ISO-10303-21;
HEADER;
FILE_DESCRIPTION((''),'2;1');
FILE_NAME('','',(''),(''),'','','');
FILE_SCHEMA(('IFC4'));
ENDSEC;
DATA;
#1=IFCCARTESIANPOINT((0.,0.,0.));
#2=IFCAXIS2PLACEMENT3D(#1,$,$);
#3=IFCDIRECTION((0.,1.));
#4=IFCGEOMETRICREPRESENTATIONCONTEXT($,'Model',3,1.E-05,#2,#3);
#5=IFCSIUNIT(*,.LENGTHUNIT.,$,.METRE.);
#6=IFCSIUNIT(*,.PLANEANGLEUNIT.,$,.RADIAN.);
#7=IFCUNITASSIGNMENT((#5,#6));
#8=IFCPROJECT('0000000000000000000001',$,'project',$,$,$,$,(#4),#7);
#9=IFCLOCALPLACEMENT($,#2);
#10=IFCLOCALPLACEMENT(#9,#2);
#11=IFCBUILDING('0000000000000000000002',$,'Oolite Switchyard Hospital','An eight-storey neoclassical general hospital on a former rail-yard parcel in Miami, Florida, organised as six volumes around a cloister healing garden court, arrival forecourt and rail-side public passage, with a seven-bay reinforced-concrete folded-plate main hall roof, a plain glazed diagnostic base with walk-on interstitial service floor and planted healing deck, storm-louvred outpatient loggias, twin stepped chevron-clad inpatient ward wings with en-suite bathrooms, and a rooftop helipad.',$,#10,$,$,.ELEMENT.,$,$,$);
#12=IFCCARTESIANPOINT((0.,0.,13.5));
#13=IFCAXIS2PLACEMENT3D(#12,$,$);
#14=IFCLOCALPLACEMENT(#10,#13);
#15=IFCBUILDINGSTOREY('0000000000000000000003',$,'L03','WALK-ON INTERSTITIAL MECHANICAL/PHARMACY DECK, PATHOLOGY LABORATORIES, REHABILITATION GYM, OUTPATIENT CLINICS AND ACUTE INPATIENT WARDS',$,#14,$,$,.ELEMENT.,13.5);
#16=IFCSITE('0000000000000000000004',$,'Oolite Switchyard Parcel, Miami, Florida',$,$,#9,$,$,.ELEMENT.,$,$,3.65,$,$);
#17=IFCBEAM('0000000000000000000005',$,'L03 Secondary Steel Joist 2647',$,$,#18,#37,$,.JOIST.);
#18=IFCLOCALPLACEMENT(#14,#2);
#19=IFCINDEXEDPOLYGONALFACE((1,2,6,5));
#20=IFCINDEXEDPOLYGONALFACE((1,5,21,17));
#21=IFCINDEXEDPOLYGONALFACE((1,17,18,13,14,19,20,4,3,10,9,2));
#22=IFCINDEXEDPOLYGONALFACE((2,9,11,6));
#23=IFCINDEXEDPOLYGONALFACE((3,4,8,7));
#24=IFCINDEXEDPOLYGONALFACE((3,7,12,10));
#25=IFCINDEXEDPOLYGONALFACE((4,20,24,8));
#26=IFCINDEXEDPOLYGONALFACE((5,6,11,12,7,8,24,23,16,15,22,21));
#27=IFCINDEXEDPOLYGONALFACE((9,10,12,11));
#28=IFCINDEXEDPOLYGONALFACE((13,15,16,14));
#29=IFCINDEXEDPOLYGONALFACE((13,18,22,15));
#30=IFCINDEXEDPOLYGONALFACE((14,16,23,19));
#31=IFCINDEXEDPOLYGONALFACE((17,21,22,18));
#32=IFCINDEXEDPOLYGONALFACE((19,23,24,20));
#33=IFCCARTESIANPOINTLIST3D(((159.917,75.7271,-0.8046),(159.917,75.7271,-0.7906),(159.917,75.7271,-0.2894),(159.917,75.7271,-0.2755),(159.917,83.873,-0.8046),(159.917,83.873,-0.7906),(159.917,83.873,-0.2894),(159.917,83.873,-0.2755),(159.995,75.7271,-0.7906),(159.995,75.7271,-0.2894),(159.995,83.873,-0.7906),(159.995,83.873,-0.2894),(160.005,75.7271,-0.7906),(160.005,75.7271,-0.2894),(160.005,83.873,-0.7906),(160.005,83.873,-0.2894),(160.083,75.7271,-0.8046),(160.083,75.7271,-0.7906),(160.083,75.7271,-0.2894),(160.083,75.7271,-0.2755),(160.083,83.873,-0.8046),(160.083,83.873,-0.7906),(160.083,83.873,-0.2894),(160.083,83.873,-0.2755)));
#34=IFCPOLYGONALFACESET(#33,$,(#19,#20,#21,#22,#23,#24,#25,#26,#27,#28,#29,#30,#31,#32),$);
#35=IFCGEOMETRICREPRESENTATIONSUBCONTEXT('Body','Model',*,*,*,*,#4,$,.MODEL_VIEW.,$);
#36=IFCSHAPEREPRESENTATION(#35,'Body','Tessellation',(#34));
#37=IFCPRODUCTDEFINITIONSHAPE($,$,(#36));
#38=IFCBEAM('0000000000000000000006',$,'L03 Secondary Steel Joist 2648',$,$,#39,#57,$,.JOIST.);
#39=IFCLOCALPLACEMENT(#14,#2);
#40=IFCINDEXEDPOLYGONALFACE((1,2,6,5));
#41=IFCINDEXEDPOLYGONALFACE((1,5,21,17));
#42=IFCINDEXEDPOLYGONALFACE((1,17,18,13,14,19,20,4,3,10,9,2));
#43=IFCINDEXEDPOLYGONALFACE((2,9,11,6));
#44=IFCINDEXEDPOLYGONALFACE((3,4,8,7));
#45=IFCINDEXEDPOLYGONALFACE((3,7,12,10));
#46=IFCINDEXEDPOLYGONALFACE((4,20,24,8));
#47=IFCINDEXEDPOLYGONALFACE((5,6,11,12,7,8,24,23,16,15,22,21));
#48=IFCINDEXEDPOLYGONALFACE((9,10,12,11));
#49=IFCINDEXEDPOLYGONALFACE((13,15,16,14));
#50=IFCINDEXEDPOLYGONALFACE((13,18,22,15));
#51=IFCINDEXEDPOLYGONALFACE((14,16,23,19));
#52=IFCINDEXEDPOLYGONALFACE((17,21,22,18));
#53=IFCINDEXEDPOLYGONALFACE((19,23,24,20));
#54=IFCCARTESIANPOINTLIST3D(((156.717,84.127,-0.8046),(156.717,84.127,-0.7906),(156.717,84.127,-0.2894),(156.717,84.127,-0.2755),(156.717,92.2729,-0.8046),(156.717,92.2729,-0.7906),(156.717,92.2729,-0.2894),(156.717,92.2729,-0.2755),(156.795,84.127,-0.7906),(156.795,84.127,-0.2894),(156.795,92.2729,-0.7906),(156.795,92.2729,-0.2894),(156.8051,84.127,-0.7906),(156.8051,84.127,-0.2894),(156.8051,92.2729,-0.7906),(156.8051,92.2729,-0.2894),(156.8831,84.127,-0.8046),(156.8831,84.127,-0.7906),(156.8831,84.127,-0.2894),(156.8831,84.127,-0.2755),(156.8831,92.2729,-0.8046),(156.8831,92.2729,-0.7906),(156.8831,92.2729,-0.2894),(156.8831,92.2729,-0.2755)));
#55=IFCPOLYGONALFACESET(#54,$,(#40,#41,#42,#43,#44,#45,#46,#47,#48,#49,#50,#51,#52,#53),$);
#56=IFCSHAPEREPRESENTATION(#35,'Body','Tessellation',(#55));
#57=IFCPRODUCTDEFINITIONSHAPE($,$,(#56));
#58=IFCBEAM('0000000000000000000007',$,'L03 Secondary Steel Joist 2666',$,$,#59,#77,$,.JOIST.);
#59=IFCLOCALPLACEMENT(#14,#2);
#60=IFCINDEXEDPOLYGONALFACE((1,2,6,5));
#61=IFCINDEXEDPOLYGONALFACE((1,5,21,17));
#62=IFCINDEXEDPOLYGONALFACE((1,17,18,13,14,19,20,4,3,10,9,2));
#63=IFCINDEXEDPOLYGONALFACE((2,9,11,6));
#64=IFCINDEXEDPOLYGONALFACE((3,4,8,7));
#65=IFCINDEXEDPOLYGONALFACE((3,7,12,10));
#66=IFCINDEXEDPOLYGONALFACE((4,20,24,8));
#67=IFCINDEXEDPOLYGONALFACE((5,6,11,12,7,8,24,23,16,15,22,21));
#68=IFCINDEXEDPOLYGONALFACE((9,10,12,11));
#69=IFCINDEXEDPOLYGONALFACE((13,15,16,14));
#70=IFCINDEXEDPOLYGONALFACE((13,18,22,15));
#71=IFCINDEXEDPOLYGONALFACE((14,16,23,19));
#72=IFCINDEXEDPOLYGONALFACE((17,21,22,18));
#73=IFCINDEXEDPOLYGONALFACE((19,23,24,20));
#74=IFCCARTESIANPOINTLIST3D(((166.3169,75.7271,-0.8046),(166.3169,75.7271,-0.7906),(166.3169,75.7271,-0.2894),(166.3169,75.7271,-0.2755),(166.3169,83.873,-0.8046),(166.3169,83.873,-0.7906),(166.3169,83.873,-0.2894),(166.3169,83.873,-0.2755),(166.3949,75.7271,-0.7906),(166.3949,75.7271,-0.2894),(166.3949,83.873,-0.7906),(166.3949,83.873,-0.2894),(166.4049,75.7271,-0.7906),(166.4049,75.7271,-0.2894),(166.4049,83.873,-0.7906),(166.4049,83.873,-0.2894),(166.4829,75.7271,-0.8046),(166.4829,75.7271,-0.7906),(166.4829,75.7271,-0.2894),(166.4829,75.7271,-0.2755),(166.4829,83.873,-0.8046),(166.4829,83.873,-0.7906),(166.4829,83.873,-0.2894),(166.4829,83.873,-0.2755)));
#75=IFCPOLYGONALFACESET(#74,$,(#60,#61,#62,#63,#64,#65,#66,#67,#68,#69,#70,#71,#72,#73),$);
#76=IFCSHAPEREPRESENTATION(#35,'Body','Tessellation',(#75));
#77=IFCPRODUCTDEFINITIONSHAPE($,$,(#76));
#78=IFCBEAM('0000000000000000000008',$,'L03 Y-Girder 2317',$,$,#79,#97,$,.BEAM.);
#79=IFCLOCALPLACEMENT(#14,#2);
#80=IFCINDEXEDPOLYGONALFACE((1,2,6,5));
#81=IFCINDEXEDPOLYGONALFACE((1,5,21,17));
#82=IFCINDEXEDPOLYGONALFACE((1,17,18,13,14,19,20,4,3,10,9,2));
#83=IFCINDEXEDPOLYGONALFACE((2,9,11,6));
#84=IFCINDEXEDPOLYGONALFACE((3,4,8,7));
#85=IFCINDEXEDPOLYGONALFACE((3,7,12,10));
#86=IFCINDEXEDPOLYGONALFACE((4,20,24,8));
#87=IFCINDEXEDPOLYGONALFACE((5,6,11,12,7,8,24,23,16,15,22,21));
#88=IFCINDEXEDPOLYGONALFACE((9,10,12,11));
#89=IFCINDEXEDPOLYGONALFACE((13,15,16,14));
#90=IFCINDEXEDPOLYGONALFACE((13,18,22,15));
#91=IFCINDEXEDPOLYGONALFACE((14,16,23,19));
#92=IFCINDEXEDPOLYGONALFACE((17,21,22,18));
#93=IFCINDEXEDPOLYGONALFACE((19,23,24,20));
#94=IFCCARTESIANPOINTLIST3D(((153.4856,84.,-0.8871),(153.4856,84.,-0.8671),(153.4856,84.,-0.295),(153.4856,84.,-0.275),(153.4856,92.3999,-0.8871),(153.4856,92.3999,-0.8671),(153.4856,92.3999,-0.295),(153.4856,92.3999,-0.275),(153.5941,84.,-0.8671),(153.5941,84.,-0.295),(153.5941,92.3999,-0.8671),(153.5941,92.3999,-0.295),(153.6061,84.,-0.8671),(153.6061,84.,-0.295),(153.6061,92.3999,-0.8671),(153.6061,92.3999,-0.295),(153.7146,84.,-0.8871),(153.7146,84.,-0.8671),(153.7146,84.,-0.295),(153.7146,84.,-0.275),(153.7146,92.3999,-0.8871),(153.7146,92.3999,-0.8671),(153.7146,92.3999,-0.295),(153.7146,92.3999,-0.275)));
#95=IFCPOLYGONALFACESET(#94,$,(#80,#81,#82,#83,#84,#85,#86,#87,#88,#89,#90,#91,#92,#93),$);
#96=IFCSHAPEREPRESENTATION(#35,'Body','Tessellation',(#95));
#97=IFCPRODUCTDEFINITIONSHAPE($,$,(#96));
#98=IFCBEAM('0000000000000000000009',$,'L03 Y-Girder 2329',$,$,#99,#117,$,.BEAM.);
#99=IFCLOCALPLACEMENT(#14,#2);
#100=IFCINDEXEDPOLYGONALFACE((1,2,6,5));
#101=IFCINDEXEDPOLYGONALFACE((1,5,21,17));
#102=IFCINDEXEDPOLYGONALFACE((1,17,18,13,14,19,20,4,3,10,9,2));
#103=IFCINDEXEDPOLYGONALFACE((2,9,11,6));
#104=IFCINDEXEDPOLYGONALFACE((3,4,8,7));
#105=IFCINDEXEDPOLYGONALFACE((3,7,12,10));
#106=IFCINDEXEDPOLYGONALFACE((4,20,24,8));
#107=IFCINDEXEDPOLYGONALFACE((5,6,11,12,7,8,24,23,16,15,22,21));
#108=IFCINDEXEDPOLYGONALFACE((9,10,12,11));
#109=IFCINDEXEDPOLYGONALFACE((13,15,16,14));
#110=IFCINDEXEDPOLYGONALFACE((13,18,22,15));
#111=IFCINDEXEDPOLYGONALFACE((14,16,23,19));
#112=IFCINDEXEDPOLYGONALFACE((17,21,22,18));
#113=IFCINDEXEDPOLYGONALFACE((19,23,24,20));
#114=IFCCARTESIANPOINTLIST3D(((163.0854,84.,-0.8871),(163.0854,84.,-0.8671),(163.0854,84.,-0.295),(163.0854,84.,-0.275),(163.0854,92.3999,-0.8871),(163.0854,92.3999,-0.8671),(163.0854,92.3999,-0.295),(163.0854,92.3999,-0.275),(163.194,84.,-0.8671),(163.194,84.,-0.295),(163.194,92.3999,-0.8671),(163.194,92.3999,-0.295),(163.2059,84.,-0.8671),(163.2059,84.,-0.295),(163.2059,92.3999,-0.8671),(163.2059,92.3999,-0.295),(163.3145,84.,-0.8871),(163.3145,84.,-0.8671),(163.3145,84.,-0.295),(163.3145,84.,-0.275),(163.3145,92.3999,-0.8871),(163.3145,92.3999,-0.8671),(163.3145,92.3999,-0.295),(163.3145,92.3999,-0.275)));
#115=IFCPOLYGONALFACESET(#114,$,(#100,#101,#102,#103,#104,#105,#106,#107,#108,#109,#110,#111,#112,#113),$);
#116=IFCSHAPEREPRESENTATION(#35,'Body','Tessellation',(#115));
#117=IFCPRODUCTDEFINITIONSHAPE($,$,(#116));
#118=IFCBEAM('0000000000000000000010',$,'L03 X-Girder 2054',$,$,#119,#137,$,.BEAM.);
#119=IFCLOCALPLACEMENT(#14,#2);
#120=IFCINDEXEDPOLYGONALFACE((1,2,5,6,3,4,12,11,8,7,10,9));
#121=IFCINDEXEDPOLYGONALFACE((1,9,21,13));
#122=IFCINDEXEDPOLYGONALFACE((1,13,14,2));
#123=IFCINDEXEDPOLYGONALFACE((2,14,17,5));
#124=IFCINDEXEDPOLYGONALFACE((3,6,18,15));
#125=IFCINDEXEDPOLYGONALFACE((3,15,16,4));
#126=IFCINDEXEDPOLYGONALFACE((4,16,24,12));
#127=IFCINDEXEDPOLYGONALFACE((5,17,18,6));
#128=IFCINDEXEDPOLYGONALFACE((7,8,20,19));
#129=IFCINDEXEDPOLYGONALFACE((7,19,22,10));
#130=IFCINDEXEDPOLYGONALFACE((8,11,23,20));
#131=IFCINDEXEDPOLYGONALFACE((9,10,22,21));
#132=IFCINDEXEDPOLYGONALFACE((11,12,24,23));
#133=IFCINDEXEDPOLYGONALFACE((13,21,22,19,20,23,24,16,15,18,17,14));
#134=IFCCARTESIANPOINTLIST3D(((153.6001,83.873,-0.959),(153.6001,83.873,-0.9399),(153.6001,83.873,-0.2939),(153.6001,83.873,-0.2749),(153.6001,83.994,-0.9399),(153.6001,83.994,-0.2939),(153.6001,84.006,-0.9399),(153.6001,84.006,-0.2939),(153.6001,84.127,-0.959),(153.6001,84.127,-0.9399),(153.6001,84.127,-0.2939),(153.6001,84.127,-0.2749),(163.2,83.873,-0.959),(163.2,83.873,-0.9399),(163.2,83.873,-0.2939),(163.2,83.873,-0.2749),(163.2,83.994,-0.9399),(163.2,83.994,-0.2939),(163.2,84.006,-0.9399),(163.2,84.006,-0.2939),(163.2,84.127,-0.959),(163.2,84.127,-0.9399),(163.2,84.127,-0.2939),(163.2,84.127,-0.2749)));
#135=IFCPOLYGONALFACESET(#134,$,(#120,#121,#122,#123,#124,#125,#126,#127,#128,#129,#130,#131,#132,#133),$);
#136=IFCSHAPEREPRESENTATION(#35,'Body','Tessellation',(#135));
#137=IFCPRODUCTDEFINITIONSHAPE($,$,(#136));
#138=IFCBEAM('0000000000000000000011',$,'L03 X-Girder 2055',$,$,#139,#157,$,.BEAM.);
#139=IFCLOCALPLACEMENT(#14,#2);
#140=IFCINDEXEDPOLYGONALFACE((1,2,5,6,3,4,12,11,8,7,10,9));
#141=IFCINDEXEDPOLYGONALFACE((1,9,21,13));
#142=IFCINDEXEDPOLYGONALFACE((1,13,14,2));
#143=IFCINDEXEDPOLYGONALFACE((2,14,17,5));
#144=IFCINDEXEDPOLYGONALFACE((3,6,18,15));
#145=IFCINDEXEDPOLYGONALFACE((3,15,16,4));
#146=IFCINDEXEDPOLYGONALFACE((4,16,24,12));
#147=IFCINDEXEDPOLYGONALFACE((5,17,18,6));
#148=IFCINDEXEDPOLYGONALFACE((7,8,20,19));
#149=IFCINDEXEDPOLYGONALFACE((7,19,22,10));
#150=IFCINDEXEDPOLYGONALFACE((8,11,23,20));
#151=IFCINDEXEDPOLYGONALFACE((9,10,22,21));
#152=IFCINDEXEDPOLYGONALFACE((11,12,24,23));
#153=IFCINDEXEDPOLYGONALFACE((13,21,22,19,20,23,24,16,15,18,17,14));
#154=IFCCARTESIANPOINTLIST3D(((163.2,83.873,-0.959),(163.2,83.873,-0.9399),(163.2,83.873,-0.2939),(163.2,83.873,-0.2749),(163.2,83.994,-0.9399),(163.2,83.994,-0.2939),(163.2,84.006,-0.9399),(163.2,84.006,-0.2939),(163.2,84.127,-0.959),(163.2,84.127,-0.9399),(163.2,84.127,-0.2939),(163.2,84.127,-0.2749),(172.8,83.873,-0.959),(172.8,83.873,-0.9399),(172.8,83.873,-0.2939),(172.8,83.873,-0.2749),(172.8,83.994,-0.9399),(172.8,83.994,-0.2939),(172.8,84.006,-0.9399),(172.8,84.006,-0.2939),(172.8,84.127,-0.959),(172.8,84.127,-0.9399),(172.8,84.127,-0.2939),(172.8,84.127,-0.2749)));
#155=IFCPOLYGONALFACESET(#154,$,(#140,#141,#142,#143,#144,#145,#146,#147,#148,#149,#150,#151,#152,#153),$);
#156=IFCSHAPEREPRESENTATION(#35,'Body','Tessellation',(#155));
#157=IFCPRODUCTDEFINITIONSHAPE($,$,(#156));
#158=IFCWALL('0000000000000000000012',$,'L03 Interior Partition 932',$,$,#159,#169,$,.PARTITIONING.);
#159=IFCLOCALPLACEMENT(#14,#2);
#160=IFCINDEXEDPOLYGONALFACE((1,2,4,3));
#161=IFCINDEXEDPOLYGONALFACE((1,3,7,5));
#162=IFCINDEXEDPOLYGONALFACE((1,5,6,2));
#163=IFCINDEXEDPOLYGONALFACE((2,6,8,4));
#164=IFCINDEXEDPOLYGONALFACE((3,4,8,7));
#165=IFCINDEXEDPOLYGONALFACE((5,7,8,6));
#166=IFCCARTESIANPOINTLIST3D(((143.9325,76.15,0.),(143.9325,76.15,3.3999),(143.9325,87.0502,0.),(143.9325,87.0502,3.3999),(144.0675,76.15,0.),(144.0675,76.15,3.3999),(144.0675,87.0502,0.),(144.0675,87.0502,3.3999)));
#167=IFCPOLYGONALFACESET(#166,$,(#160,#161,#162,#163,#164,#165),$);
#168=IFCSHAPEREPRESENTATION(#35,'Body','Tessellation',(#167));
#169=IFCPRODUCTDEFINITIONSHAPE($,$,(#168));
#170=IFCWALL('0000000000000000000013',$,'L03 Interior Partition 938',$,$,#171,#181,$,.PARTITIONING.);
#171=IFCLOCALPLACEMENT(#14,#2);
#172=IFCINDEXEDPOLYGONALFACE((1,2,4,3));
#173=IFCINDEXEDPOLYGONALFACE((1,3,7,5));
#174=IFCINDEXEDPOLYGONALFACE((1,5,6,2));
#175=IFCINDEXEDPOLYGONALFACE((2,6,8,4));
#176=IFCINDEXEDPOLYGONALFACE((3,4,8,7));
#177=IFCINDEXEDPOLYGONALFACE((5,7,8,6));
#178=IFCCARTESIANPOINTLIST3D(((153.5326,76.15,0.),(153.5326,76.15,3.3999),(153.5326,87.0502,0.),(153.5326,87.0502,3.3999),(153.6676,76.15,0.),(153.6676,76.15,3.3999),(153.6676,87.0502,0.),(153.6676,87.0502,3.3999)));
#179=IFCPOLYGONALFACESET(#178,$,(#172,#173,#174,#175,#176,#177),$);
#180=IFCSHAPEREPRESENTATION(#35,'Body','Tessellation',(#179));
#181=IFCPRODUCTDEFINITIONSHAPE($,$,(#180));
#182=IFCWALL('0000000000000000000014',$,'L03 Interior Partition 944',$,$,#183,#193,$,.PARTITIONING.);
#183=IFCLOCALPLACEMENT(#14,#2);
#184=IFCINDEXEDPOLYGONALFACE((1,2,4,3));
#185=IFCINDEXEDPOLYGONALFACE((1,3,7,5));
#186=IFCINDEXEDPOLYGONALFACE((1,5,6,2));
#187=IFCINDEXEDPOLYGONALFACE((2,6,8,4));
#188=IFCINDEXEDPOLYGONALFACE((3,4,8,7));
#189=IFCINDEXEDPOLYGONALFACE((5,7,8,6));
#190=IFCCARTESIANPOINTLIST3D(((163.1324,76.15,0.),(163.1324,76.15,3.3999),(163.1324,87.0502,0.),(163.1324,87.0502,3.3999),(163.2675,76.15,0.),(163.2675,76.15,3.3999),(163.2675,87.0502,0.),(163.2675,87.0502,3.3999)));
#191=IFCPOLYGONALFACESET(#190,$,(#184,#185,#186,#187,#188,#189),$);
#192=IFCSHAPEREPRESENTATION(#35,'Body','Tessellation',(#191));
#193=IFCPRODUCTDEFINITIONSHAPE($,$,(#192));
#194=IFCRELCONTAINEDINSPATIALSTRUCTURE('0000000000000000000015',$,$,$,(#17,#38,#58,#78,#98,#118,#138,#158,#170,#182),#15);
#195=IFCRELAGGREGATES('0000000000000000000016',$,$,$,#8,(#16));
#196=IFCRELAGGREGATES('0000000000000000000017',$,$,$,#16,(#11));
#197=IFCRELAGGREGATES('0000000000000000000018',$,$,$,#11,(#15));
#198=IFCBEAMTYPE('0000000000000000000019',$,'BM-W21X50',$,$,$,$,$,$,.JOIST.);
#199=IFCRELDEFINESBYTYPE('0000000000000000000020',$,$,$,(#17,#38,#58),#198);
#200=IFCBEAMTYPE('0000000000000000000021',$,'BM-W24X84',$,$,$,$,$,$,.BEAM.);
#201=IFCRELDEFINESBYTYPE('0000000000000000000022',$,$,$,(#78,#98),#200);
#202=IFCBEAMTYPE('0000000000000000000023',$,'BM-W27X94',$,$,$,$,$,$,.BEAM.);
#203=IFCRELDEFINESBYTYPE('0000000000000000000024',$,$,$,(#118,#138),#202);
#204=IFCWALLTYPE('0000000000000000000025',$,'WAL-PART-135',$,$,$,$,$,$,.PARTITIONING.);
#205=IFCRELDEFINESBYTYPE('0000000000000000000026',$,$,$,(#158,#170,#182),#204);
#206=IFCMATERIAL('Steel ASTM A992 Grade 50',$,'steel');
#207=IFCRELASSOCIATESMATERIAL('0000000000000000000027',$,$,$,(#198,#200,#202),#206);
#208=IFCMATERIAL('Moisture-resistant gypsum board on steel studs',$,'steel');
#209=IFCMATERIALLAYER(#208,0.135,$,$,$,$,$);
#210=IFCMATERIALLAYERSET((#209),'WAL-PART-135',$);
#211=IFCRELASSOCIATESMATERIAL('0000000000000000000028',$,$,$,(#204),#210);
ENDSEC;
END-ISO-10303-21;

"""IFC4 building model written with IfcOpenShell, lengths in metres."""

from ifc_helpers import new_model, si_unit, direction, frame, frame_2d, origin, origin_2d, place, context, subcontext, project, spatial, rectangle, i_section, extrude, material, layer, layer_set, material_profile, profile_set, type_object, element, save


model = new_model("IFC4")

# Units and contexts
model_context = context("Model", 3, precision=1e-05, world=origin(), true_north=direction((0.0, 1.0)))
body_context = subcontext(model_context, "Body", "Model", "MODEL_VIEW")
ifc_project = project(units=[si_unit("LENGTHUNIT", "METRE"), si_unit("PLANEANGLEUNIT", "RADIAN")], contexts=[model_context])

# Site, building, storey
site_placement = place(None, origin())
site = spatial("IfcSite", under=ifc_project, at=site_placement, Name="Oolite Switchyard Parcel, Miami, Florida", CompositionType="ELEMENT", RefElevation=3.65)
building_placement = place(site_placement, origin())
building = spatial("IfcBuilding", under=site, at=building_placement, Name="Oolite Switchyard Hospital", Description="An eight-storey neoclassical general hospital on a former rail-yard parcel in Miami, Florida, organised as six volumes around a cloister healing garden court, arrival forecourt and rail-side public passage, with a seven-bay reinforced-concrete folded-plate main hall roof, a plain glazed diagnostic base with walk-on interstitial service floor and planted healing deck, storm-louvred outpatient loggias, twin stepped chevron-clad inpatient ward wings with en-suite bathrooms, and a rooftop helipad.", CompositionType="ELEMENT")
storey_placement = place(building_placement, frame((0.0, 0.0, 13.5)))
storey = spatial("IfcBuildingStorey", under=building, at=storey_placement, Name="L03", Description="WALK-ON INTERSTITIAL MECHANICAL/PHARMACY DECK, PATHOLOGY LABORATORIES, REHABILITATION GYM, OUTPATIENT CLINICS AND ACUTE INPATIENT WARDS", CompositionType="ELEMENT", Elevation=13.5)

# Beams
ifc_material_1 = material(Name="Steel ASTM A992 Grade 50", Category="steel")
ifc_material_profile_1 = material_profile(ifc_material_1, i_section(OverallWidth=0.166, OverallDepth=0.5291, WebThickness=0.01, FlangeThickness=0.0139, at=origin_2d()), Name="W21X50")
ifc_profile_set_1 = profile_set([ifc_material_profile_1], Name="Steel ASTM A992 Grade 50")
beam_type_1 = type_object("IfcBeamType", Name="BM-W21X50", PredefinedType="JOIST", material=ifc_profile_set_1)
for number, where, z_axis, x_axis, name in (
    (1, (160.0, 75.7271, -0.54), (0.0, 1.0, 0.0), (-1.0, 0.0, 0.0), "L03 Secondary Steel Joist 2647"),
    (2, (156.8, 84.127, -0.54), (0.0, 1.0, 0.0), (-1.0, 0.0, 0.0), "L03 Secondary Steel Joist 2648"),
    (3, (166.3999, 75.7271, -0.54), (0.0, 1.0, 0.0), (-1.0, 0.0, 0.0), "L03 Secondary Steel Joist 2666"),
):
    element("IfcBeam", number, at=place(storey_placement, frame(where, z_axis=z_axis, x_axis=x_axis)), inside=storey, type_object=beam_type_1, Name=name, PredefinedType="JOIST", context=body_context, shape_type="SweptSolid", body=[
        extrude(i_section(OverallWidth=0.166, OverallDepth=0.5291, WebThickness=0.01, FlangeThickness=0.0139, at=origin_2d()), origin(), (0.0, 0.0, 1.0), 8.146),
    ])
ifc_material_profile_2 = material_profile(ifc_material_1, i_section(OverallWidth=0.229, OverallDepth=0.6121, WebThickness=0.012, FlangeThickness=0.02, at=origin_2d()), Name="W24X84")
ifc_profile_set_2 = profile_set([ifc_material_profile_2], Name="Steel ASTM A992 Grade 50")
beam_type_2 = type_object("IfcBeamType", Name="BM-W24X84", PredefinedType="BEAM", material=ifc_profile_set_2)
for number, where, z_axis, x_axis, name in (
    (4, (153.6001, 84.0, -0.5811), (0.0, 1.0, 0.0), (-1.0, 0.0, 0.0), "L03 Y-Girder 2317"),
    (5, (163.2, 84.0, -0.5811), (0.0, 1.0, 0.0), (-1.0, 0.0, 0.0), "L03 Y-Girder 2329"),
):
    element("IfcBeam", number, at=place(storey_placement, frame(where, z_axis=z_axis, x_axis=x_axis)), inside=storey, type_object=beam_type_2, Name=name, PredefinedType="BEAM", context=body_context, shape_type="SweptSolid", body=[
        extrude(i_section(OverallWidth=0.229, OverallDepth=0.6121, WebThickness=0.012, FlangeThickness=0.02, at=origin_2d()), origin(), (0.0, 0.0, 1.0), 8.3999),
    ])
ifc_material_profile_3 = material_profile(ifc_material_1, i_section(OverallWidth=0.2539, OverallDepth=0.6841, WebThickness=0.012, FlangeThickness=0.019, at=origin_2d()), Name="W27X94")
ifc_profile_set_3 = profile_set([ifc_material_profile_3], Name="Steel ASTM A992 Grade 50")
beam_type_3 = type_object("IfcBeamType", Name="BM-W27X94", PredefinedType="BEAM", material=ifc_profile_set_3)
beam_1_placement = place(storey_placement, frame((153.6001, 84.0, -0.6169), z_axis=(1.0, 0.0, 0.0), x_axis=(0.0, 1.0, 0.0)))
element("IfcBeam", 6, at=beam_1_placement, inside=storey, type_object=beam_type_3, Name="L03 X-Girder 2054", PredefinedType="BEAM", context=body_context, shape_type="SweptSolid", body=[
    extrude(i_section(OverallWidth=0.2539, OverallDepth=0.6841, WebThickness=0.012, FlangeThickness=0.019, at=origin_2d()), origin(), (0.0, 0.0, 1.0), 9.5999),
])
beam_2_placement = place(storey_placement, frame((163.2, 84.0, -0.6169), z_axis=(1.0, 0.0, 0.0), x_axis=(0.0, 1.0, 0.0)))
element("IfcBeam", 7, at=beam_2_placement, inside=storey, type_object=beam_type_3, Name="L03 X-Girder 2055", PredefinedType="BEAM", context=body_context, shape_type="SweptSolid", body=[
    extrude(i_section(OverallWidth=0.2539, OverallDepth=0.6841, WebThickness=0.012, FlangeThickness=0.019, at=origin_2d()), origin(), (0.0, 0.0, 1.0), 9.6001),
])

# Walls
ifc_material_2 = material(Name="Moisture-resistant gypsum board on steel studs", Category="steel")
ifc_layer_1 = layer(ifc_material_2, 0.135)
ifc_layer_set_1 = layer_set([ifc_layer_1], Name="WAL-PART-135")
wall_type_1 = type_object("IfcWallType", Name="WAL-PART-135", PredefinedType="PARTITIONING", material=ifc_layer_set_1)
for number, where, z_axis, x_axis, name in (
    (8, (144.0, 76.1499, 0.0), (0.0, 0.0, 1.0), (0.0, 1.0, 0.0), "L03 Interior Partition 932"),
    (9, (153.6001, 76.1499, 0.0), (0.0, 0.0, 1.0), (0.0, 1.0, 0.0), "L03 Interior Partition 938"),
    (10, (163.2, 76.1499, 0.0), (0.0, 0.0, 1.0), (0.0, 1.0, 0.0), "L03 Interior Partition 944"),
):
    element("IfcWall", number, at=place(storey_placement, frame(where, z_axis=z_axis, x_axis=x_axis)), inside=storey, type_object=wall_type_1, Name=name, PredefinedType="PARTITIONING", context=body_context, shape_type="SweptSolid", body=[
        extrude(rectangle(XDim=10.9001, YDim=0.135, at=frame_2d((5.4502, 0.0))), origin(), (0.0, 0.0, 1.0), 3.3999),
    ])

save(model, "model.ifc")
